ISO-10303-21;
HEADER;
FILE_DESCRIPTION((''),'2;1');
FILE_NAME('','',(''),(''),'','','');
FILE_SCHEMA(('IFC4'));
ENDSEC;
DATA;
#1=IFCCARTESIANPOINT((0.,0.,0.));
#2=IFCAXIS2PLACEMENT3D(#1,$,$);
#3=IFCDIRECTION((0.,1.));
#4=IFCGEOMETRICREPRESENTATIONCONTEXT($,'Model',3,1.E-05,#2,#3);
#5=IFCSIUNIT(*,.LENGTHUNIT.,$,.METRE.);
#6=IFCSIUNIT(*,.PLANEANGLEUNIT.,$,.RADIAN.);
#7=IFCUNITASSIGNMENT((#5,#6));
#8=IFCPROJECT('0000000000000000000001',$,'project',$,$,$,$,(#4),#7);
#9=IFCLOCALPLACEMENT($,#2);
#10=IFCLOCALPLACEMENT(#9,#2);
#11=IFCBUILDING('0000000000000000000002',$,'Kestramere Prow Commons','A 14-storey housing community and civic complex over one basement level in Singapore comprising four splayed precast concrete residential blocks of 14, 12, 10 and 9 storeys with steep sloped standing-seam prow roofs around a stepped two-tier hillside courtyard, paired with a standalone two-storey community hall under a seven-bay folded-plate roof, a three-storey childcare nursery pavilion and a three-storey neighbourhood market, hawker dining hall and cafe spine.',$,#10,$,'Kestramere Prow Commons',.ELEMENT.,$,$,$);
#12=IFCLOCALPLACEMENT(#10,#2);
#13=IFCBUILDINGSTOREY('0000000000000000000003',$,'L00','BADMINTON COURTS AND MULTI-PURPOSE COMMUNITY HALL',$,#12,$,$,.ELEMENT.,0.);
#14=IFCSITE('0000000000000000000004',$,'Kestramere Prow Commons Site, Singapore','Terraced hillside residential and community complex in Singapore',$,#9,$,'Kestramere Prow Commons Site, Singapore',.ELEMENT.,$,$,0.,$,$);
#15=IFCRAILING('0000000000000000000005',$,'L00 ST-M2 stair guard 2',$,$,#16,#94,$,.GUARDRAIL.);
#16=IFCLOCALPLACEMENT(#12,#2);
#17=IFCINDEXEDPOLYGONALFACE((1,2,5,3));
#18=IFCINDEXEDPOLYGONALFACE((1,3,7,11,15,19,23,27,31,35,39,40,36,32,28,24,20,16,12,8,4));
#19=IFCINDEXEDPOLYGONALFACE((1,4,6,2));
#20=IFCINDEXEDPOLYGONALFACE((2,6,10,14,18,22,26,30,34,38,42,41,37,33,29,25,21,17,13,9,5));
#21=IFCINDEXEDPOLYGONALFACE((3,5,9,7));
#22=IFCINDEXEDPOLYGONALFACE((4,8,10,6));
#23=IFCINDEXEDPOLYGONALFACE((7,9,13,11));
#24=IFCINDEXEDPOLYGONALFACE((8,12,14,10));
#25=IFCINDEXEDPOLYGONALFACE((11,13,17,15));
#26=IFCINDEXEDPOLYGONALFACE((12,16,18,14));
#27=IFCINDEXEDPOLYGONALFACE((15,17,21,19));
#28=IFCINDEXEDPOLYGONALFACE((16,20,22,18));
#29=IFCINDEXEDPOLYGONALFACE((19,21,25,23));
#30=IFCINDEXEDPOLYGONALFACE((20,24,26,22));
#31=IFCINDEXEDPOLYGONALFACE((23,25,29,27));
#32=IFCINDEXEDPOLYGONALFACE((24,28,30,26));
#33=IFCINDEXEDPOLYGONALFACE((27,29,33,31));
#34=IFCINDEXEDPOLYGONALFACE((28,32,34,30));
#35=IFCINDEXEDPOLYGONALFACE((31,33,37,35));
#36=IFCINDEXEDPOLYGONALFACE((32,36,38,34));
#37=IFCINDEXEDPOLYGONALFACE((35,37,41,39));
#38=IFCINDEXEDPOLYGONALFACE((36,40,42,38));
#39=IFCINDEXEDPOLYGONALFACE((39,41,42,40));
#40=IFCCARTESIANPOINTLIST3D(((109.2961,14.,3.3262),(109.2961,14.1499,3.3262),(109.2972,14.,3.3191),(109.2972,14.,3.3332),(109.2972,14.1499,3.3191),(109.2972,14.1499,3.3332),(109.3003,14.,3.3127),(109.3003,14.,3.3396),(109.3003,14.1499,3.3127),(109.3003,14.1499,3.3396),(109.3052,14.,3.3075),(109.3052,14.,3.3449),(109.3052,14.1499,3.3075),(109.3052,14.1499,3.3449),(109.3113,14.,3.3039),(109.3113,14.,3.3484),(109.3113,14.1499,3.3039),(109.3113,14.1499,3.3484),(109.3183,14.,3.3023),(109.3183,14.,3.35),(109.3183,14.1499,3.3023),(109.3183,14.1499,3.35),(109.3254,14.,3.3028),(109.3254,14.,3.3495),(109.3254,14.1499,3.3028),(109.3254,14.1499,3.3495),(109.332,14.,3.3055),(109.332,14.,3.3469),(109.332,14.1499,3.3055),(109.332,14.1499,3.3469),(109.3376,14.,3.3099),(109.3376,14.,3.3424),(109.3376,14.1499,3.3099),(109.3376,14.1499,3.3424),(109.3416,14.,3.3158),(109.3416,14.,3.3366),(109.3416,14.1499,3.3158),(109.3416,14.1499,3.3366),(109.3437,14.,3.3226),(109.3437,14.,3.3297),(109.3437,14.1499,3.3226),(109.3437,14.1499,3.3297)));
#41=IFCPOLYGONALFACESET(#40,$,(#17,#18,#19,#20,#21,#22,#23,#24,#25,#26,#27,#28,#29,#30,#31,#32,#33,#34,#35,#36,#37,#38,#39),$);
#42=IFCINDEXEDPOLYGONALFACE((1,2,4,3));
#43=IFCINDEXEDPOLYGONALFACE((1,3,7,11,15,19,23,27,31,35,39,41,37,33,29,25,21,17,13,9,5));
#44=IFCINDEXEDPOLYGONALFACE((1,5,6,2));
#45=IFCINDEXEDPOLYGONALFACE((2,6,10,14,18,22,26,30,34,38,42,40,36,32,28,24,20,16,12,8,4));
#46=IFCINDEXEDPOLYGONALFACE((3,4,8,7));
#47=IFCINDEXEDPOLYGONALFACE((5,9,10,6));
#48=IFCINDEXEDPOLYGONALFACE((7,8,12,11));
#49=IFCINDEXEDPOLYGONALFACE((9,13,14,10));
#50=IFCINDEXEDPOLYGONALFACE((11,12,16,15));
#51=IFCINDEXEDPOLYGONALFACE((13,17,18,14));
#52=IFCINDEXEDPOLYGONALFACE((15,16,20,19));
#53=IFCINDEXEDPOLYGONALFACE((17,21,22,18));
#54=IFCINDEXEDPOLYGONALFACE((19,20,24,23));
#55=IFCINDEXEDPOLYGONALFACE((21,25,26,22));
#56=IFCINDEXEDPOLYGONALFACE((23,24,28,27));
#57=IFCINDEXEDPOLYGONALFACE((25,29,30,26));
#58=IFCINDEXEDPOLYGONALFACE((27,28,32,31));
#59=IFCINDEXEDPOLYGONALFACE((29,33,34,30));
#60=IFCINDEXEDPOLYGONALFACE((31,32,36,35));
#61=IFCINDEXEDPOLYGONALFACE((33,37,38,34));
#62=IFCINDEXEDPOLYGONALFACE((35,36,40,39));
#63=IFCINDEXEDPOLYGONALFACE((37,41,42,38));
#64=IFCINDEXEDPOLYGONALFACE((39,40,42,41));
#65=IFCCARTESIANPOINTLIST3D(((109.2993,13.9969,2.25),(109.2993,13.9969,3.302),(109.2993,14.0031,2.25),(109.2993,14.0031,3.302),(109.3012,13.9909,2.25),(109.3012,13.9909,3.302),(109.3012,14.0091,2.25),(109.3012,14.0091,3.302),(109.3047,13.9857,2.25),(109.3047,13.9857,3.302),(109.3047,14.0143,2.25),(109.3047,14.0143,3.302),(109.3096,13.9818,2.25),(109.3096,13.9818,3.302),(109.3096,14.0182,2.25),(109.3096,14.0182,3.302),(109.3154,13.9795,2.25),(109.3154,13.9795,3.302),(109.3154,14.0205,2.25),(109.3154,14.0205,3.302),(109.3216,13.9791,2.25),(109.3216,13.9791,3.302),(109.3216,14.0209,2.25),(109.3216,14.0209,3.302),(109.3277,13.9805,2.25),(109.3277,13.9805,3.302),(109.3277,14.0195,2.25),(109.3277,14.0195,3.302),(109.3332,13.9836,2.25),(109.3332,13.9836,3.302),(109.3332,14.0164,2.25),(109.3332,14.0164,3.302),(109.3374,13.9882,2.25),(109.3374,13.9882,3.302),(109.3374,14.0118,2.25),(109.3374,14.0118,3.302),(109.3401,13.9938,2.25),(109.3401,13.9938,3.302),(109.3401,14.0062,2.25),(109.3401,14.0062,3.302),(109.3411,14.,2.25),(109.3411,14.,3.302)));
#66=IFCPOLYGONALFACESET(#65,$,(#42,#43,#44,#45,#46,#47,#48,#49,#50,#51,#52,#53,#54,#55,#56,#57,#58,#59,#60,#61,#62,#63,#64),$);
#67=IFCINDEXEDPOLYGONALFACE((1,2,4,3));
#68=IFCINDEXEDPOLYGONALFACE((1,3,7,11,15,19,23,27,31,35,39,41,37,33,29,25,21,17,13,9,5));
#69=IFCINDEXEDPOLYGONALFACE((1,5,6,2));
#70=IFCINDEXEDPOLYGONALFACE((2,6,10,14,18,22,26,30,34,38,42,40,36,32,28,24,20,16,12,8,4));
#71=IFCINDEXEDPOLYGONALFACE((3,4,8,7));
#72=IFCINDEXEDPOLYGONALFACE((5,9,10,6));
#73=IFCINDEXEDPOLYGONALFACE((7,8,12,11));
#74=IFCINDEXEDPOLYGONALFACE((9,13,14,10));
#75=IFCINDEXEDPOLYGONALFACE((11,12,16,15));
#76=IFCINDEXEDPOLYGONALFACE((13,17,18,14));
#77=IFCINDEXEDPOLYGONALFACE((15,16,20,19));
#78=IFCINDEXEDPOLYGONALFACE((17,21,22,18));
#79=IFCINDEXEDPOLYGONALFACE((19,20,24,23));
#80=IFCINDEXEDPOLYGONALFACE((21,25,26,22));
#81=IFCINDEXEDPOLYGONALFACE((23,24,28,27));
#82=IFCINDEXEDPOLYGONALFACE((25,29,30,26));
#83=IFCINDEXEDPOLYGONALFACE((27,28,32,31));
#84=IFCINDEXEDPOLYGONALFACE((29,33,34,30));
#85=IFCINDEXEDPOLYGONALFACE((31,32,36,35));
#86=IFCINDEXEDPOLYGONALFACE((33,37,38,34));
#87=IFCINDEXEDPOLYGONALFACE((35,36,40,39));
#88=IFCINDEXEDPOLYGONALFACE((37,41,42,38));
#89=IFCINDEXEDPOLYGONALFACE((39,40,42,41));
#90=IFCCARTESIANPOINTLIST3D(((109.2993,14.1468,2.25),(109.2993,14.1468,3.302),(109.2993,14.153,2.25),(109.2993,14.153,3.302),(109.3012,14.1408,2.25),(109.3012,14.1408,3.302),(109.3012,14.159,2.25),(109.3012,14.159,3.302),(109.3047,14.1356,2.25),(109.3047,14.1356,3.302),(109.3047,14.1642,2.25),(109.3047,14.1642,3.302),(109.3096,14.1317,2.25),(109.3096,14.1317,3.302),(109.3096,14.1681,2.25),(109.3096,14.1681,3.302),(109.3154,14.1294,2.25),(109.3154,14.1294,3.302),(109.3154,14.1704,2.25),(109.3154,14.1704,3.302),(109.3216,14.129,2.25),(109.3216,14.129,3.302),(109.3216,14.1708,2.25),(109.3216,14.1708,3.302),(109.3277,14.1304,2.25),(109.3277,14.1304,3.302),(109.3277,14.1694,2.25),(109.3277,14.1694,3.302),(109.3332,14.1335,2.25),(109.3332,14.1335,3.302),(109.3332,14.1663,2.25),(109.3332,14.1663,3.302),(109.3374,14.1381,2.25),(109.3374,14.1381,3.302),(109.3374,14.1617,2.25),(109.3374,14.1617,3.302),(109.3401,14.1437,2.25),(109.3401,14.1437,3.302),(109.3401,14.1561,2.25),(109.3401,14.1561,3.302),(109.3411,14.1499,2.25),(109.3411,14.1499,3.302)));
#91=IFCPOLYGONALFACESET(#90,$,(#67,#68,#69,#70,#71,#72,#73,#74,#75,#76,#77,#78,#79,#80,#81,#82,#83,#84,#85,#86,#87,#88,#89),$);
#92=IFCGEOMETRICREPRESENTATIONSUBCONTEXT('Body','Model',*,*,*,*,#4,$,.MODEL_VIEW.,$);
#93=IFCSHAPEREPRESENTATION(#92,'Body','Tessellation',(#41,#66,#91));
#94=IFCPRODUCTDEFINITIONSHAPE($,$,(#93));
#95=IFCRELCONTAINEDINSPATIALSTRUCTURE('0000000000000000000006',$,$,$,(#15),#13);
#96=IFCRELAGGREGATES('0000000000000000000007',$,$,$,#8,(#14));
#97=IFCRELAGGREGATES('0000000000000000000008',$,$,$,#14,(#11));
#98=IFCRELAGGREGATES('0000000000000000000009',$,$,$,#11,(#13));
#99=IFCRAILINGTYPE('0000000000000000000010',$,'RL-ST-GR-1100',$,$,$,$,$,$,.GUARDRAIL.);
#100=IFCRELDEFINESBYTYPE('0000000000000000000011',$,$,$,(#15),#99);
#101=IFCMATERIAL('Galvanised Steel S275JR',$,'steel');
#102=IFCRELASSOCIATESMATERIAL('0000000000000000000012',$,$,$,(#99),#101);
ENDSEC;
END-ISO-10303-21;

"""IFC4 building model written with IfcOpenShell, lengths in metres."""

from ifc_helpers import new_model, si_unit, direction, frame, origin, origin_2d, place, context, subcontext, project, spatial, circle, extrude, material, type_object, element, save


model = new_model("IFC4")

# Units and contexts
model_context = context("Model", 3, precision=1e-05, world=origin(), true_north=direction((0.0, 1.0)))
body_context = subcontext(model_context, "Body", "Model", "MODEL_VIEW")
ifc_project = project(units=[si_unit("LENGTHUNIT", "METRE"), si_unit("PLANEANGLEUNIT", "RADIAN")], contexts=[model_context])

# Site, building, storey
site_placement = place(None, origin())
site = spatial("IfcSite", under=ifc_project, at=site_placement, Name="Kestramere Prow Commons Site, Singapore", Description="Terraced hillside residential and community complex in Singapore", LongName="Kestramere Prow Commons Site, Singapore", CompositionType="ELEMENT", RefElevation=0.0)
building_placement = place(site_placement, origin())
building = spatial("IfcBuilding", under=site, at=building_placement, Name="Kestramere Prow Commons", Description="A 14-storey housing community and civic complex over one basement level in Singapore comprising four splayed precast concrete residential blocks of 14, 12, 10 and 9 storeys with steep sloped standing-seam prow roofs around a stepped two-tier hillside courtyard, paired with a standalone two-storey community hall under a seven-bay folded-plate roof, a three-storey childcare nursery pavilion and a three-storey neighbourhood market, hawker dining hall and cafe spine.", LongName="Kestramere Prow Commons", CompositionType="ELEMENT")
storey_placement = place(building_placement, origin())
storey = spatial("IfcBuildingStorey", under=building, at=storey_placement, Name="L00", Description="BADMINTON COURTS AND MULTI-PURPOSE COMMUNITY HALL", CompositionType="ELEMENT", Elevation=0.0)

# Railing
ifc_material_1 = material(Name="Galvanised Steel S275JR", Category="steel")
railing_type_1 = type_object("IfcRailingType", Name="RL-ST-GR-1100", PredefinedType="GUARDRAIL", material=ifc_material_1)
railing_1_placement = place(storey_placement, frame((109.3201, 14.0, 2.25)))
element("IfcRailing", 1, at=railing_1_placement, inside=storey, type_object=railing_type_1, Name="L00 ST-M2 stair guard 2", PredefinedType="GUARDRAIL", context=body_context, shape_type="SweptSolid", body=[
    extrude(circle(Radius=0.0239, at=origin_2d()), frame((0.0, 0.0, 1.0762), z_axis=(0.0, 1.0, 0.0), x_axis=(-1.0, 0.0, 0.0)), (0.0, 0.0, 1.0), 0.1499),
    extrude(circle(Radius=0.021, at=origin_2d()), origin(), (0.0, 0.0, 1.0), 1.052),
    extrude(circle(Radius=0.021, at=origin_2d()), frame((0.0, 0.1499, 0.0)), (0.0, 0.0, 1.0), 1.052),
])

save(model, "model.ifc")
